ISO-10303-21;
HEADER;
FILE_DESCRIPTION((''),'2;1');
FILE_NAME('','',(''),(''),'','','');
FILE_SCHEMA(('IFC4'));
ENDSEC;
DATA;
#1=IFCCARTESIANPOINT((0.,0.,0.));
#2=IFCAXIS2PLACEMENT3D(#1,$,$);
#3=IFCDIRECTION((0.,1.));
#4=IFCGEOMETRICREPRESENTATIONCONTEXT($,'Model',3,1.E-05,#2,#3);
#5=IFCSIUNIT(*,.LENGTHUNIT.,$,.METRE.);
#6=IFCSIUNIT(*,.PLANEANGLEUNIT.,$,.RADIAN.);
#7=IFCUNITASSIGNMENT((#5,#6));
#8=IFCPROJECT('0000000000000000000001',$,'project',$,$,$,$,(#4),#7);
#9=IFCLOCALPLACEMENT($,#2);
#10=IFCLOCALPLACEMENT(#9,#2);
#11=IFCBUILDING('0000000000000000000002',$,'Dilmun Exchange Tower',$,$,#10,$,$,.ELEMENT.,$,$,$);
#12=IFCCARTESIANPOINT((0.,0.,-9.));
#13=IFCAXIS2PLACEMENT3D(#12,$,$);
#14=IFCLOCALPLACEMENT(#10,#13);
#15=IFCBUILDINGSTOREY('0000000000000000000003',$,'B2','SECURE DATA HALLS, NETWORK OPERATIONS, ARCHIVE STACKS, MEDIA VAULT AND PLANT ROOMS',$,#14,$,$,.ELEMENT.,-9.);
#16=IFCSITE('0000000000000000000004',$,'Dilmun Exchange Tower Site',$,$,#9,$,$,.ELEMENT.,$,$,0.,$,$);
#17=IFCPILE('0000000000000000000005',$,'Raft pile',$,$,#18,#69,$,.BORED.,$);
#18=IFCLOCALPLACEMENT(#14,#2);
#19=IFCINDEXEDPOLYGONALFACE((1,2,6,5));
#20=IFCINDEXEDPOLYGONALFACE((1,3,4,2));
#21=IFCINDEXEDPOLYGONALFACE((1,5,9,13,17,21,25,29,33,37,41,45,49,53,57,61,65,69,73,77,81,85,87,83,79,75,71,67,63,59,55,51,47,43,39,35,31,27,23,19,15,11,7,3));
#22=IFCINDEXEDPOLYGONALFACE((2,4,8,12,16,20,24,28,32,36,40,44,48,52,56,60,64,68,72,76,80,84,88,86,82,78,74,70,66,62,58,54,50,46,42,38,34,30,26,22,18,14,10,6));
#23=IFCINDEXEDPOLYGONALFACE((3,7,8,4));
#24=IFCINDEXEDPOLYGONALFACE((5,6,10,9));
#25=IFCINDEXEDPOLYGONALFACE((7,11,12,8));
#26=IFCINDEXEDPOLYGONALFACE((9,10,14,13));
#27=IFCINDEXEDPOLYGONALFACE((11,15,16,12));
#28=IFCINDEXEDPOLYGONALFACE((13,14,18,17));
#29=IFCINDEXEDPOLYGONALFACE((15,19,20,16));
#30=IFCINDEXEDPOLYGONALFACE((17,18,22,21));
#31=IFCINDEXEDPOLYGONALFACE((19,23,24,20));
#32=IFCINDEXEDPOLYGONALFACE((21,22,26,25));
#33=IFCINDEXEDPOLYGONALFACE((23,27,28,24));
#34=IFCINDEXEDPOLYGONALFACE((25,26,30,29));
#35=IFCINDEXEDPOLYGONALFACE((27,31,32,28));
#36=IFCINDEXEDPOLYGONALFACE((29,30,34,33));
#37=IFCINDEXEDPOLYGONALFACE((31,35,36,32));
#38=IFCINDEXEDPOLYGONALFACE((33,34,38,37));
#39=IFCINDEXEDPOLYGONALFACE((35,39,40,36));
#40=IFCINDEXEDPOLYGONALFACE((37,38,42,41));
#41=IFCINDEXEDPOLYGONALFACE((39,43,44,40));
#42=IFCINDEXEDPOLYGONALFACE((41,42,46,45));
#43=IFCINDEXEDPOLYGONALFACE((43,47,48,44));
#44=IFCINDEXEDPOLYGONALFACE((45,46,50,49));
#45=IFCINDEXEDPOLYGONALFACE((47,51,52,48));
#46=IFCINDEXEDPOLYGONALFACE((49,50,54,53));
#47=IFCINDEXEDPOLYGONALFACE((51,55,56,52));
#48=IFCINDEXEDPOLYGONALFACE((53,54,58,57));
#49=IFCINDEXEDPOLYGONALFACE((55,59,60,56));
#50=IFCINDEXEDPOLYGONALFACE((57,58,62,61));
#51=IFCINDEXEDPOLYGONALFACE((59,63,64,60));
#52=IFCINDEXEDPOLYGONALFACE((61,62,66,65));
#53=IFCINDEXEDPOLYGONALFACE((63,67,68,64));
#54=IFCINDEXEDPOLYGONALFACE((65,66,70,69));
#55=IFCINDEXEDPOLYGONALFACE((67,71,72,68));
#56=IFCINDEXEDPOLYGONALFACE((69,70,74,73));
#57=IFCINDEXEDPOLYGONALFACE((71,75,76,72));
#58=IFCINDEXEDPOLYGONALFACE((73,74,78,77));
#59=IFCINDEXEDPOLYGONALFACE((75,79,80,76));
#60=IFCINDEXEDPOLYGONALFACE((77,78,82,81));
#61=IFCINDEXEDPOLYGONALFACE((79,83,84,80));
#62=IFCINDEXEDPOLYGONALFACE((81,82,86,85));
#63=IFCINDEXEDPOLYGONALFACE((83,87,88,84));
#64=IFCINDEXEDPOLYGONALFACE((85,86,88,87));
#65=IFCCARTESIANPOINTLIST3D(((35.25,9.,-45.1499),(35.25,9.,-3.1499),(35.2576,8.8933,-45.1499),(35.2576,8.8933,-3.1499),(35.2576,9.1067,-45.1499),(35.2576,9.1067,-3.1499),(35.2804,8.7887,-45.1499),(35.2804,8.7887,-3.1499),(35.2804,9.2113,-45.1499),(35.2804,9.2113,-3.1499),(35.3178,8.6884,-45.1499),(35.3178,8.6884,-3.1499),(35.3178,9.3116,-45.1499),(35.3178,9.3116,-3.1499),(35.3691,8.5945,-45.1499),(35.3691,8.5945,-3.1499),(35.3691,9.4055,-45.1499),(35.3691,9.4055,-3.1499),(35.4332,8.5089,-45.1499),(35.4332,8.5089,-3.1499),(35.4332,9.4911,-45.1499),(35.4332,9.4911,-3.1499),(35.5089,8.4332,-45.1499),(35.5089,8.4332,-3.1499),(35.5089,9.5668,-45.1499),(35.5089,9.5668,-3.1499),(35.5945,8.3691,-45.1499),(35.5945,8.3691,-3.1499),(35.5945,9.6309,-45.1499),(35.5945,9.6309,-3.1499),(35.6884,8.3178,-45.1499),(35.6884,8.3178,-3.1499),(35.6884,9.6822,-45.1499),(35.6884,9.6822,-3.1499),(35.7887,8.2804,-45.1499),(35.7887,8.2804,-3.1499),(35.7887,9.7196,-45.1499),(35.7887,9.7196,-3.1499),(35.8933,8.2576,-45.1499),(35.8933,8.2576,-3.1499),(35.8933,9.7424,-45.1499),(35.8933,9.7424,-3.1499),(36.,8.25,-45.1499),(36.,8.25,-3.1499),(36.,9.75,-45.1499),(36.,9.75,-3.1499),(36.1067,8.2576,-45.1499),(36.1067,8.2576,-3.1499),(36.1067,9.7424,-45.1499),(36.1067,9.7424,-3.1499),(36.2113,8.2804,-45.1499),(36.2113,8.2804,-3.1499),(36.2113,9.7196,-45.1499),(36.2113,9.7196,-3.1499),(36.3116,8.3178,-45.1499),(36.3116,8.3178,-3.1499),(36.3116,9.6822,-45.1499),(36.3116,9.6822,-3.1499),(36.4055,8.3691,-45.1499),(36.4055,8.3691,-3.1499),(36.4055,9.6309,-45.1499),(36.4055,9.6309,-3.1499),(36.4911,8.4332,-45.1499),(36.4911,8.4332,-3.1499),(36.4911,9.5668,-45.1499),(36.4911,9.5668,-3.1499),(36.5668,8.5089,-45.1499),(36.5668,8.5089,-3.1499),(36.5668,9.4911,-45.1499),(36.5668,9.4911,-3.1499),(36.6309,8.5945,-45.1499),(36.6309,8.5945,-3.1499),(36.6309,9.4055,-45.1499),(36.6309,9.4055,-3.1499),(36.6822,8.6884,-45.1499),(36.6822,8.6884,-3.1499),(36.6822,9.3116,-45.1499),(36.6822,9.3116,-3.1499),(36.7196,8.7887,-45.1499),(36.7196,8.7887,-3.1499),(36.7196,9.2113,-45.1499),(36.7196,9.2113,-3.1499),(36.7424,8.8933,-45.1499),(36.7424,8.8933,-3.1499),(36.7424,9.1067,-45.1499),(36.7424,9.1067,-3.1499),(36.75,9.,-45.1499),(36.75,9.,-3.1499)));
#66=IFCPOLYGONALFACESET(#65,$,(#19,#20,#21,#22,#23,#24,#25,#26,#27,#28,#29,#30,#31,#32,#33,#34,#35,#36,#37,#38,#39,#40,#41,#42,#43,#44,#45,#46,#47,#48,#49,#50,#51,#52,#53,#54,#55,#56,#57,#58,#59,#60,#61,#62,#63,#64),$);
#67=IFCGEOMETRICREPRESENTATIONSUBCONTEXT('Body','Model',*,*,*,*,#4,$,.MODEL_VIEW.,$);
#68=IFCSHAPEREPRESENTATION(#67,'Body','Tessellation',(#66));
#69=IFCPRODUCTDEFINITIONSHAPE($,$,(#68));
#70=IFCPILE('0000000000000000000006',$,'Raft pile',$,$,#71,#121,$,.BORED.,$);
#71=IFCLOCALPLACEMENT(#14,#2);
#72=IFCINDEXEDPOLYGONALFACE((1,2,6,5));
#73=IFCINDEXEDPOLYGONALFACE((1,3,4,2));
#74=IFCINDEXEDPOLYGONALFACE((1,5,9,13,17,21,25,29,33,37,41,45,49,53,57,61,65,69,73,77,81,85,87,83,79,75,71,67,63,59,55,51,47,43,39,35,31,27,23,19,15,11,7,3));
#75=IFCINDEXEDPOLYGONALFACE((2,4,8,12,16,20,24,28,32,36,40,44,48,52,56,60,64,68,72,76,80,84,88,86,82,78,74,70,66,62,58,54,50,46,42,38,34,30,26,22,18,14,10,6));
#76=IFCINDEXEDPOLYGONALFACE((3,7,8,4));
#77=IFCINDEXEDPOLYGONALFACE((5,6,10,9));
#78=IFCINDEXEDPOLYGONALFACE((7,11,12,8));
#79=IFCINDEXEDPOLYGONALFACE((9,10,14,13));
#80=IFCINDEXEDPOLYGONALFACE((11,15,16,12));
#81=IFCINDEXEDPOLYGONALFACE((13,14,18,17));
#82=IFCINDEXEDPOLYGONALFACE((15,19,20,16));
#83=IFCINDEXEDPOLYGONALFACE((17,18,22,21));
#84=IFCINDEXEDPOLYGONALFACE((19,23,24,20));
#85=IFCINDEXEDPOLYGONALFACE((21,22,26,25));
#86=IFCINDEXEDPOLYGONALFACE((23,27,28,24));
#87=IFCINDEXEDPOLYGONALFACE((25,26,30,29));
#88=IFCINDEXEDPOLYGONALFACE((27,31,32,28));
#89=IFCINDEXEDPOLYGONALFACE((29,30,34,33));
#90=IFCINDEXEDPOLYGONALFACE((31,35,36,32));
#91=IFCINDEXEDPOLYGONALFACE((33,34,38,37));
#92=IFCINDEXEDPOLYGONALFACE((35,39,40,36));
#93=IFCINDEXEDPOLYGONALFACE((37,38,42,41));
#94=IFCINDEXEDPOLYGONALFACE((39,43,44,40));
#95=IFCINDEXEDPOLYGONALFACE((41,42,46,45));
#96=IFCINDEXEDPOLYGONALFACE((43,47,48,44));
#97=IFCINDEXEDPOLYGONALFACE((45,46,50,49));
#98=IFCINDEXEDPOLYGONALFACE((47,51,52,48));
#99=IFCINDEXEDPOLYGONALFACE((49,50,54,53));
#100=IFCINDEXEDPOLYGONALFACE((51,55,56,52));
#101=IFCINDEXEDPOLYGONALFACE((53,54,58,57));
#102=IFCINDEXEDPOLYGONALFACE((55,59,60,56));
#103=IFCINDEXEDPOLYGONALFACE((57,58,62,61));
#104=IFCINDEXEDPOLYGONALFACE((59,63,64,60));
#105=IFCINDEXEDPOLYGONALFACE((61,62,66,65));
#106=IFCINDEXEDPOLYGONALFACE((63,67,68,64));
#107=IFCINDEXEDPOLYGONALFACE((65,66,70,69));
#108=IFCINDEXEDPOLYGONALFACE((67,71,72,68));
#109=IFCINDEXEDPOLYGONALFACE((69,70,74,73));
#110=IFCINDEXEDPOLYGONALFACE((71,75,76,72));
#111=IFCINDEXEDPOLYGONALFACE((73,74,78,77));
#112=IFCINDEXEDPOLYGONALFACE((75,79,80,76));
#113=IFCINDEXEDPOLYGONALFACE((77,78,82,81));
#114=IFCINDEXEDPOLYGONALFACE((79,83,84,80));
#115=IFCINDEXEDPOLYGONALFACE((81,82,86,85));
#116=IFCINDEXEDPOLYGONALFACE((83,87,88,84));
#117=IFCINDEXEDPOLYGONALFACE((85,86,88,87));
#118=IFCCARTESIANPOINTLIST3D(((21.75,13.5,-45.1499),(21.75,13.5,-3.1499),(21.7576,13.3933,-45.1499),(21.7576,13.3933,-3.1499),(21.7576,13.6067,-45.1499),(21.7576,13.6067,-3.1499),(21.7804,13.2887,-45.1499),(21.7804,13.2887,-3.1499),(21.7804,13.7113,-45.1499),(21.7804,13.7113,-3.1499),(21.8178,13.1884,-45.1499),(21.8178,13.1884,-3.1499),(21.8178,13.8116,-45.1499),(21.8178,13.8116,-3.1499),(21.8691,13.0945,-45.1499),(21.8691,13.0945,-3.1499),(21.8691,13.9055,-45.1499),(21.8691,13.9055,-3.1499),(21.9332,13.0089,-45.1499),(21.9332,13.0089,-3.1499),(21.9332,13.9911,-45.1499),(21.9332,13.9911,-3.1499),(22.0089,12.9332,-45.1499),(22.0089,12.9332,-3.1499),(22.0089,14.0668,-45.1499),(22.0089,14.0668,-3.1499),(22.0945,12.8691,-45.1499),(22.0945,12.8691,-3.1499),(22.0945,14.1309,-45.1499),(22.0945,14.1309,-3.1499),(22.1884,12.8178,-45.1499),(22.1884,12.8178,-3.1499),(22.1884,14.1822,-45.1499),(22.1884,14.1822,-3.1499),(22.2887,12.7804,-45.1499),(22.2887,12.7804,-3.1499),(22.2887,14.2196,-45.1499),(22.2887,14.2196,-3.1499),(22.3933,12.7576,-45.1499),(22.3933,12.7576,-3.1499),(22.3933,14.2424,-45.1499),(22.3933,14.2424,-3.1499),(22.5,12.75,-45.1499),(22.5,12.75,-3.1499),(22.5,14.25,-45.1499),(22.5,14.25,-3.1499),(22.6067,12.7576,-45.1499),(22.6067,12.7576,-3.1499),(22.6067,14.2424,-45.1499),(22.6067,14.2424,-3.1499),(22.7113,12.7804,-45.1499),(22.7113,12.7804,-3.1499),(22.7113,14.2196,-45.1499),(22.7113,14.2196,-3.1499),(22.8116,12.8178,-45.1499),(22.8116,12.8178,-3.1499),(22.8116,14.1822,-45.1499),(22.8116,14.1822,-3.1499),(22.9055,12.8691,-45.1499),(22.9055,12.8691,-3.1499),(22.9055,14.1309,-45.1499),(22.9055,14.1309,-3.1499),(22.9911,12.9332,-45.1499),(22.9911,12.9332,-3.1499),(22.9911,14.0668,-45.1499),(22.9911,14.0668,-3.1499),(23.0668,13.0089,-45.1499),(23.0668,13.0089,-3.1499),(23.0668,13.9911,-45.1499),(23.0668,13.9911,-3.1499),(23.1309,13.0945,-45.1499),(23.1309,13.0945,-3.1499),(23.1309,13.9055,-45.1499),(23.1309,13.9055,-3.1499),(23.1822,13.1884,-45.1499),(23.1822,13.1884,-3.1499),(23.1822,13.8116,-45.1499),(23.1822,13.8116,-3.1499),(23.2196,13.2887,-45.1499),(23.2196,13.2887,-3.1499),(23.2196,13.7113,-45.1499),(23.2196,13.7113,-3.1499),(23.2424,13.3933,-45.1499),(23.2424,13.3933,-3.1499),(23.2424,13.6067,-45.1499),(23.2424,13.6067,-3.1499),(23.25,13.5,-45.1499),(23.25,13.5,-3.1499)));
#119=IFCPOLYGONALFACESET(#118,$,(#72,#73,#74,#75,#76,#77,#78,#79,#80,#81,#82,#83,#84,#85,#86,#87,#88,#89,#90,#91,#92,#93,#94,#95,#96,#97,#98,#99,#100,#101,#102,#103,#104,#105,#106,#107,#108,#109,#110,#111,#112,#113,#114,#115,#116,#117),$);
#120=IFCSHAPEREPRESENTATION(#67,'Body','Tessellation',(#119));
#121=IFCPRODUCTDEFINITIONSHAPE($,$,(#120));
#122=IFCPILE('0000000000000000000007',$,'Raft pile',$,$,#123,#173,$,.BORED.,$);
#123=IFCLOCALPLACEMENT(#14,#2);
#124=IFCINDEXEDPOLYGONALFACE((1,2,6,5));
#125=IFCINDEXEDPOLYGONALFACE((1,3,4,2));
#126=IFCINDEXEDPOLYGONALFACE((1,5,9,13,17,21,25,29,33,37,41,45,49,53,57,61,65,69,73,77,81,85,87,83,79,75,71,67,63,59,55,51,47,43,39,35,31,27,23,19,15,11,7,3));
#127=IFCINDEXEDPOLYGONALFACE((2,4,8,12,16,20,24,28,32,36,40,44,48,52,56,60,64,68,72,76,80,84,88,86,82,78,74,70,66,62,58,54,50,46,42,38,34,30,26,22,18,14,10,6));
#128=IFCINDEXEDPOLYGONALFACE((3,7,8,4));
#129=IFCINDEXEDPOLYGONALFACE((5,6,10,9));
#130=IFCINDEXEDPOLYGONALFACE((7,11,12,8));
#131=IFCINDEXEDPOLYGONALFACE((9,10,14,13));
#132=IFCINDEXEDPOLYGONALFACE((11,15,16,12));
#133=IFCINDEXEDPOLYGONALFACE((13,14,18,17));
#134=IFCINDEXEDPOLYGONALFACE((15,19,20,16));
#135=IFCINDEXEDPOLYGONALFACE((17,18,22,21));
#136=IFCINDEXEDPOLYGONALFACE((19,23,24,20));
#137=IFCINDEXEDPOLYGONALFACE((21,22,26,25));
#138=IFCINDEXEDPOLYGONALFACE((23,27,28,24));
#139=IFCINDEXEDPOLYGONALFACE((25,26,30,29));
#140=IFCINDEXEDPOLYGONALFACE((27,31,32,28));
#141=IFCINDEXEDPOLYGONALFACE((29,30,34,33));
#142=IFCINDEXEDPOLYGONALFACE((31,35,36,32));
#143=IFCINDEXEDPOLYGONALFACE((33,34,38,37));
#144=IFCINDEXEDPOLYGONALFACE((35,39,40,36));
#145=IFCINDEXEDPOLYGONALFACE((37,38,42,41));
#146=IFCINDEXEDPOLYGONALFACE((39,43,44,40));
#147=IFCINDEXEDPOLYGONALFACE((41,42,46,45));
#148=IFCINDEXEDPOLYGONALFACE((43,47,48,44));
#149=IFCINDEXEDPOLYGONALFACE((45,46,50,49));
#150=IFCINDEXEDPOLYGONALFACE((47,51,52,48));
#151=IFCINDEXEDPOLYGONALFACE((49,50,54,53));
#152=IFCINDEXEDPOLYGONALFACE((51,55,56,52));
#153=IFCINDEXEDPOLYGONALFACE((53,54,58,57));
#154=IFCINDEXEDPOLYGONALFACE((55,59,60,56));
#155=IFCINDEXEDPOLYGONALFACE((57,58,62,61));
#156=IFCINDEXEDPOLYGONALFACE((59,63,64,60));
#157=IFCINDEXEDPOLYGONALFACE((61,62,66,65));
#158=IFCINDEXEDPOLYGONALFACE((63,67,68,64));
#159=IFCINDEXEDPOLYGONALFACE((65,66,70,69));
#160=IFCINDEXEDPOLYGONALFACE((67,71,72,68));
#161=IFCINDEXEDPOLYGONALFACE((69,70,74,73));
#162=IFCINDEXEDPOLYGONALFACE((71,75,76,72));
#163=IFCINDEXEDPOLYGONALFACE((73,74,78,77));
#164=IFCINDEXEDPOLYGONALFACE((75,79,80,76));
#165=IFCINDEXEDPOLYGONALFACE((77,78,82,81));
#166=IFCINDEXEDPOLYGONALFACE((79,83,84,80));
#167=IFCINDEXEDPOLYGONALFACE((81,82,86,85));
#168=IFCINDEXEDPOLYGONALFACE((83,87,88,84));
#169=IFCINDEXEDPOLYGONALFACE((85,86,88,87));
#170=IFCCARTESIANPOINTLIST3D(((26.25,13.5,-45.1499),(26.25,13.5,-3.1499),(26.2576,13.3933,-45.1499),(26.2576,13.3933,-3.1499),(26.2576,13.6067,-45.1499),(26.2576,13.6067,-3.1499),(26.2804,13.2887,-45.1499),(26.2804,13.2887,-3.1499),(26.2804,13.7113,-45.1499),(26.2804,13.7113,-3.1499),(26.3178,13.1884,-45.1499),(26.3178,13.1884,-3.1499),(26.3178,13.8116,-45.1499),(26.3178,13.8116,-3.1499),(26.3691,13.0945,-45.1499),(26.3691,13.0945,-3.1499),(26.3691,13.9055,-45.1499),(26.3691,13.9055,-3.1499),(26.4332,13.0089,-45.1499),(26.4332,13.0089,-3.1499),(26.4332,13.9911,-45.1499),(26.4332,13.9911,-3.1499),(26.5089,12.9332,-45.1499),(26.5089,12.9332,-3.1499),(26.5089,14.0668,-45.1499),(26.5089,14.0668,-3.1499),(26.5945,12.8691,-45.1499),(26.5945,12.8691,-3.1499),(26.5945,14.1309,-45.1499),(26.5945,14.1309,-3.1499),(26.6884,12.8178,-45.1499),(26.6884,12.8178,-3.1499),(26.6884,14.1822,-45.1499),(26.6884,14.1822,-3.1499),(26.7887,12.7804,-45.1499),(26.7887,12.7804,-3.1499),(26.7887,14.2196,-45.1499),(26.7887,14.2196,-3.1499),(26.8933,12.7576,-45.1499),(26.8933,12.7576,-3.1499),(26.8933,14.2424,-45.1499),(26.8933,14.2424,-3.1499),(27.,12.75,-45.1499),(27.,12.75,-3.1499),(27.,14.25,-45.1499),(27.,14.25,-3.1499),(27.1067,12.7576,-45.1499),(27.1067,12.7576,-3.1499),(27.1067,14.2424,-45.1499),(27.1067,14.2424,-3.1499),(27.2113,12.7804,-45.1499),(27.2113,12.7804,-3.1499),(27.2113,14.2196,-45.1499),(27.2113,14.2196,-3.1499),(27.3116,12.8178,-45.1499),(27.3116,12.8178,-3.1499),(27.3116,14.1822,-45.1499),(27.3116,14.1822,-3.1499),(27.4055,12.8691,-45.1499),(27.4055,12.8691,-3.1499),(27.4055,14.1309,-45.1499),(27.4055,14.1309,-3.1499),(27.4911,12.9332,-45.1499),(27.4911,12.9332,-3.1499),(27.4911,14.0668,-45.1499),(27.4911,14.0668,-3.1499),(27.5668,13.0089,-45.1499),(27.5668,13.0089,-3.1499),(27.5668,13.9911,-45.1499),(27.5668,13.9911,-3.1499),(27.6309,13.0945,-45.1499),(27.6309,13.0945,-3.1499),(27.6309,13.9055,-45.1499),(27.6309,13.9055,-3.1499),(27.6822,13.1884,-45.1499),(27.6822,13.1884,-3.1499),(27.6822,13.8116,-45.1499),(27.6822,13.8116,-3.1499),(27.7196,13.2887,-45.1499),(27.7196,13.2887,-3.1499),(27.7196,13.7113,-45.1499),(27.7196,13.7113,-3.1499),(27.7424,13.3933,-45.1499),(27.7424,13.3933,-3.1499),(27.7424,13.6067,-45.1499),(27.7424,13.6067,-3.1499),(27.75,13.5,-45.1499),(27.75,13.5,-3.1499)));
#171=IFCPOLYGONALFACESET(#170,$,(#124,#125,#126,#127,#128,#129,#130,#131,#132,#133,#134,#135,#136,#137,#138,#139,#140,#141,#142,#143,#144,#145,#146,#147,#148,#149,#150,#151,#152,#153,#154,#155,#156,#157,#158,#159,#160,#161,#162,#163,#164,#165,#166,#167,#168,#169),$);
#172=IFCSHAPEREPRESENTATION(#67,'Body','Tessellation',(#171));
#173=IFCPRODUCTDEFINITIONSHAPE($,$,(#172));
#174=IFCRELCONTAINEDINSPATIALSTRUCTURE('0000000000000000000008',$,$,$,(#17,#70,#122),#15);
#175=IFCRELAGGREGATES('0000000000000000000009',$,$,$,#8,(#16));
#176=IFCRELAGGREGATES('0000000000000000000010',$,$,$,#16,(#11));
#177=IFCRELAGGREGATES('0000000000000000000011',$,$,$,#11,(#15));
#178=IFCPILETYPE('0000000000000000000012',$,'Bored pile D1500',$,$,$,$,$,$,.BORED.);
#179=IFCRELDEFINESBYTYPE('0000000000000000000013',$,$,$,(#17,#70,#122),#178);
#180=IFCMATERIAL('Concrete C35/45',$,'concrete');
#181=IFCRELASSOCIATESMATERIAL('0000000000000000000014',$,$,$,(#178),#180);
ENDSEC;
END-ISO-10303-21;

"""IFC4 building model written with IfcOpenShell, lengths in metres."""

from ifc_helpers import new_model, si_unit, direction, frame, origin, origin_2d, place, context, subcontext, project, spatial, circle, extrude, material, material_profile, profile_set, type_object, element, save


model = new_model("IFC4")

# Units and contexts
model_context = context("Model", 3, precision=1e-05, world=origin(), true_north=direction((0.0, 1.0)))
body_context = subcontext(model_context, "Body", "Model", "MODEL_VIEW")
ifc_project = project(units=[si_unit("LENGTHUNIT", "METRE"), si_unit("PLANEANGLEUNIT", "RADIAN")], contexts=[model_context])

# Site, building, storey
site_placement = place(None, origin())
site = spatial("IfcSite", under=ifc_project, at=site_placement, Name="Dilmun Exchange Tower Site", CompositionType="ELEMENT", RefElevation=0.0)
building_placement = place(site_placement, origin())
building = spatial("IfcBuilding", under=site, at=building_placement, Name="Dilmun Exchange Tower", CompositionType="ELEMENT")
storey_placement = place(building_placement, frame((0.0, 0.0, -9.0)))
storey = spatial("IfcBuildingStorey", under=building, at=storey_placement, Name="B2", Description="SECURE DATA HALLS, NETWORK OPERATIONS, ARCHIVE STACKS, MEDIA VAULT AND PLANT ROOMS", CompositionType="ELEMENT", Elevation=-9.0)

# Piles
ifc_material_1 = material(Name="Concrete C35/45", Category="concrete")
ifc_material_profile_1 = material_profile(ifc_material_1, circle(Radius=0.75, at=origin_2d()), Name="D1500")
ifc_profile_set_1 = profile_set([ifc_material_profile_1], Name="Concrete C35/45")
pile_type = type_object("IfcPileType", Name="Bored pile D1500", PredefinedType="BORED", material=ifc_profile_set_1)
for number, where, z_axis, x_axis, name in (
    (1, (36.0, 9.0, -3.1499), (0.0, 0.0, -1.0), (1.0, 0.0, 0.0), "Raft pile"),
    (2, (22.5, 13.5, -3.1499), (0.0, 0.0, -1.0), (1.0, 0.0, 0.0), "Raft pile"),
    (3, (27.0, 13.5, -3.1499), (0.0, 0.0, -1.0), (1.0, 0.0, 0.0), "Raft pile"),
):
    element("IfcPile", number, at=place(storey_placement, frame(where, z_axis=z_axis, x_axis=x_axis)), inside=storey, type_object=pile_type, Name=name, PredefinedType="BORED", context=body_context, shape_type="SweptSolid", body=[
        extrude(circle(Radius=0.75, at=origin_2d()), origin(), (0.0, 0.0, 1.0), 42.0),
    ])

save(model, "model.ifc")
